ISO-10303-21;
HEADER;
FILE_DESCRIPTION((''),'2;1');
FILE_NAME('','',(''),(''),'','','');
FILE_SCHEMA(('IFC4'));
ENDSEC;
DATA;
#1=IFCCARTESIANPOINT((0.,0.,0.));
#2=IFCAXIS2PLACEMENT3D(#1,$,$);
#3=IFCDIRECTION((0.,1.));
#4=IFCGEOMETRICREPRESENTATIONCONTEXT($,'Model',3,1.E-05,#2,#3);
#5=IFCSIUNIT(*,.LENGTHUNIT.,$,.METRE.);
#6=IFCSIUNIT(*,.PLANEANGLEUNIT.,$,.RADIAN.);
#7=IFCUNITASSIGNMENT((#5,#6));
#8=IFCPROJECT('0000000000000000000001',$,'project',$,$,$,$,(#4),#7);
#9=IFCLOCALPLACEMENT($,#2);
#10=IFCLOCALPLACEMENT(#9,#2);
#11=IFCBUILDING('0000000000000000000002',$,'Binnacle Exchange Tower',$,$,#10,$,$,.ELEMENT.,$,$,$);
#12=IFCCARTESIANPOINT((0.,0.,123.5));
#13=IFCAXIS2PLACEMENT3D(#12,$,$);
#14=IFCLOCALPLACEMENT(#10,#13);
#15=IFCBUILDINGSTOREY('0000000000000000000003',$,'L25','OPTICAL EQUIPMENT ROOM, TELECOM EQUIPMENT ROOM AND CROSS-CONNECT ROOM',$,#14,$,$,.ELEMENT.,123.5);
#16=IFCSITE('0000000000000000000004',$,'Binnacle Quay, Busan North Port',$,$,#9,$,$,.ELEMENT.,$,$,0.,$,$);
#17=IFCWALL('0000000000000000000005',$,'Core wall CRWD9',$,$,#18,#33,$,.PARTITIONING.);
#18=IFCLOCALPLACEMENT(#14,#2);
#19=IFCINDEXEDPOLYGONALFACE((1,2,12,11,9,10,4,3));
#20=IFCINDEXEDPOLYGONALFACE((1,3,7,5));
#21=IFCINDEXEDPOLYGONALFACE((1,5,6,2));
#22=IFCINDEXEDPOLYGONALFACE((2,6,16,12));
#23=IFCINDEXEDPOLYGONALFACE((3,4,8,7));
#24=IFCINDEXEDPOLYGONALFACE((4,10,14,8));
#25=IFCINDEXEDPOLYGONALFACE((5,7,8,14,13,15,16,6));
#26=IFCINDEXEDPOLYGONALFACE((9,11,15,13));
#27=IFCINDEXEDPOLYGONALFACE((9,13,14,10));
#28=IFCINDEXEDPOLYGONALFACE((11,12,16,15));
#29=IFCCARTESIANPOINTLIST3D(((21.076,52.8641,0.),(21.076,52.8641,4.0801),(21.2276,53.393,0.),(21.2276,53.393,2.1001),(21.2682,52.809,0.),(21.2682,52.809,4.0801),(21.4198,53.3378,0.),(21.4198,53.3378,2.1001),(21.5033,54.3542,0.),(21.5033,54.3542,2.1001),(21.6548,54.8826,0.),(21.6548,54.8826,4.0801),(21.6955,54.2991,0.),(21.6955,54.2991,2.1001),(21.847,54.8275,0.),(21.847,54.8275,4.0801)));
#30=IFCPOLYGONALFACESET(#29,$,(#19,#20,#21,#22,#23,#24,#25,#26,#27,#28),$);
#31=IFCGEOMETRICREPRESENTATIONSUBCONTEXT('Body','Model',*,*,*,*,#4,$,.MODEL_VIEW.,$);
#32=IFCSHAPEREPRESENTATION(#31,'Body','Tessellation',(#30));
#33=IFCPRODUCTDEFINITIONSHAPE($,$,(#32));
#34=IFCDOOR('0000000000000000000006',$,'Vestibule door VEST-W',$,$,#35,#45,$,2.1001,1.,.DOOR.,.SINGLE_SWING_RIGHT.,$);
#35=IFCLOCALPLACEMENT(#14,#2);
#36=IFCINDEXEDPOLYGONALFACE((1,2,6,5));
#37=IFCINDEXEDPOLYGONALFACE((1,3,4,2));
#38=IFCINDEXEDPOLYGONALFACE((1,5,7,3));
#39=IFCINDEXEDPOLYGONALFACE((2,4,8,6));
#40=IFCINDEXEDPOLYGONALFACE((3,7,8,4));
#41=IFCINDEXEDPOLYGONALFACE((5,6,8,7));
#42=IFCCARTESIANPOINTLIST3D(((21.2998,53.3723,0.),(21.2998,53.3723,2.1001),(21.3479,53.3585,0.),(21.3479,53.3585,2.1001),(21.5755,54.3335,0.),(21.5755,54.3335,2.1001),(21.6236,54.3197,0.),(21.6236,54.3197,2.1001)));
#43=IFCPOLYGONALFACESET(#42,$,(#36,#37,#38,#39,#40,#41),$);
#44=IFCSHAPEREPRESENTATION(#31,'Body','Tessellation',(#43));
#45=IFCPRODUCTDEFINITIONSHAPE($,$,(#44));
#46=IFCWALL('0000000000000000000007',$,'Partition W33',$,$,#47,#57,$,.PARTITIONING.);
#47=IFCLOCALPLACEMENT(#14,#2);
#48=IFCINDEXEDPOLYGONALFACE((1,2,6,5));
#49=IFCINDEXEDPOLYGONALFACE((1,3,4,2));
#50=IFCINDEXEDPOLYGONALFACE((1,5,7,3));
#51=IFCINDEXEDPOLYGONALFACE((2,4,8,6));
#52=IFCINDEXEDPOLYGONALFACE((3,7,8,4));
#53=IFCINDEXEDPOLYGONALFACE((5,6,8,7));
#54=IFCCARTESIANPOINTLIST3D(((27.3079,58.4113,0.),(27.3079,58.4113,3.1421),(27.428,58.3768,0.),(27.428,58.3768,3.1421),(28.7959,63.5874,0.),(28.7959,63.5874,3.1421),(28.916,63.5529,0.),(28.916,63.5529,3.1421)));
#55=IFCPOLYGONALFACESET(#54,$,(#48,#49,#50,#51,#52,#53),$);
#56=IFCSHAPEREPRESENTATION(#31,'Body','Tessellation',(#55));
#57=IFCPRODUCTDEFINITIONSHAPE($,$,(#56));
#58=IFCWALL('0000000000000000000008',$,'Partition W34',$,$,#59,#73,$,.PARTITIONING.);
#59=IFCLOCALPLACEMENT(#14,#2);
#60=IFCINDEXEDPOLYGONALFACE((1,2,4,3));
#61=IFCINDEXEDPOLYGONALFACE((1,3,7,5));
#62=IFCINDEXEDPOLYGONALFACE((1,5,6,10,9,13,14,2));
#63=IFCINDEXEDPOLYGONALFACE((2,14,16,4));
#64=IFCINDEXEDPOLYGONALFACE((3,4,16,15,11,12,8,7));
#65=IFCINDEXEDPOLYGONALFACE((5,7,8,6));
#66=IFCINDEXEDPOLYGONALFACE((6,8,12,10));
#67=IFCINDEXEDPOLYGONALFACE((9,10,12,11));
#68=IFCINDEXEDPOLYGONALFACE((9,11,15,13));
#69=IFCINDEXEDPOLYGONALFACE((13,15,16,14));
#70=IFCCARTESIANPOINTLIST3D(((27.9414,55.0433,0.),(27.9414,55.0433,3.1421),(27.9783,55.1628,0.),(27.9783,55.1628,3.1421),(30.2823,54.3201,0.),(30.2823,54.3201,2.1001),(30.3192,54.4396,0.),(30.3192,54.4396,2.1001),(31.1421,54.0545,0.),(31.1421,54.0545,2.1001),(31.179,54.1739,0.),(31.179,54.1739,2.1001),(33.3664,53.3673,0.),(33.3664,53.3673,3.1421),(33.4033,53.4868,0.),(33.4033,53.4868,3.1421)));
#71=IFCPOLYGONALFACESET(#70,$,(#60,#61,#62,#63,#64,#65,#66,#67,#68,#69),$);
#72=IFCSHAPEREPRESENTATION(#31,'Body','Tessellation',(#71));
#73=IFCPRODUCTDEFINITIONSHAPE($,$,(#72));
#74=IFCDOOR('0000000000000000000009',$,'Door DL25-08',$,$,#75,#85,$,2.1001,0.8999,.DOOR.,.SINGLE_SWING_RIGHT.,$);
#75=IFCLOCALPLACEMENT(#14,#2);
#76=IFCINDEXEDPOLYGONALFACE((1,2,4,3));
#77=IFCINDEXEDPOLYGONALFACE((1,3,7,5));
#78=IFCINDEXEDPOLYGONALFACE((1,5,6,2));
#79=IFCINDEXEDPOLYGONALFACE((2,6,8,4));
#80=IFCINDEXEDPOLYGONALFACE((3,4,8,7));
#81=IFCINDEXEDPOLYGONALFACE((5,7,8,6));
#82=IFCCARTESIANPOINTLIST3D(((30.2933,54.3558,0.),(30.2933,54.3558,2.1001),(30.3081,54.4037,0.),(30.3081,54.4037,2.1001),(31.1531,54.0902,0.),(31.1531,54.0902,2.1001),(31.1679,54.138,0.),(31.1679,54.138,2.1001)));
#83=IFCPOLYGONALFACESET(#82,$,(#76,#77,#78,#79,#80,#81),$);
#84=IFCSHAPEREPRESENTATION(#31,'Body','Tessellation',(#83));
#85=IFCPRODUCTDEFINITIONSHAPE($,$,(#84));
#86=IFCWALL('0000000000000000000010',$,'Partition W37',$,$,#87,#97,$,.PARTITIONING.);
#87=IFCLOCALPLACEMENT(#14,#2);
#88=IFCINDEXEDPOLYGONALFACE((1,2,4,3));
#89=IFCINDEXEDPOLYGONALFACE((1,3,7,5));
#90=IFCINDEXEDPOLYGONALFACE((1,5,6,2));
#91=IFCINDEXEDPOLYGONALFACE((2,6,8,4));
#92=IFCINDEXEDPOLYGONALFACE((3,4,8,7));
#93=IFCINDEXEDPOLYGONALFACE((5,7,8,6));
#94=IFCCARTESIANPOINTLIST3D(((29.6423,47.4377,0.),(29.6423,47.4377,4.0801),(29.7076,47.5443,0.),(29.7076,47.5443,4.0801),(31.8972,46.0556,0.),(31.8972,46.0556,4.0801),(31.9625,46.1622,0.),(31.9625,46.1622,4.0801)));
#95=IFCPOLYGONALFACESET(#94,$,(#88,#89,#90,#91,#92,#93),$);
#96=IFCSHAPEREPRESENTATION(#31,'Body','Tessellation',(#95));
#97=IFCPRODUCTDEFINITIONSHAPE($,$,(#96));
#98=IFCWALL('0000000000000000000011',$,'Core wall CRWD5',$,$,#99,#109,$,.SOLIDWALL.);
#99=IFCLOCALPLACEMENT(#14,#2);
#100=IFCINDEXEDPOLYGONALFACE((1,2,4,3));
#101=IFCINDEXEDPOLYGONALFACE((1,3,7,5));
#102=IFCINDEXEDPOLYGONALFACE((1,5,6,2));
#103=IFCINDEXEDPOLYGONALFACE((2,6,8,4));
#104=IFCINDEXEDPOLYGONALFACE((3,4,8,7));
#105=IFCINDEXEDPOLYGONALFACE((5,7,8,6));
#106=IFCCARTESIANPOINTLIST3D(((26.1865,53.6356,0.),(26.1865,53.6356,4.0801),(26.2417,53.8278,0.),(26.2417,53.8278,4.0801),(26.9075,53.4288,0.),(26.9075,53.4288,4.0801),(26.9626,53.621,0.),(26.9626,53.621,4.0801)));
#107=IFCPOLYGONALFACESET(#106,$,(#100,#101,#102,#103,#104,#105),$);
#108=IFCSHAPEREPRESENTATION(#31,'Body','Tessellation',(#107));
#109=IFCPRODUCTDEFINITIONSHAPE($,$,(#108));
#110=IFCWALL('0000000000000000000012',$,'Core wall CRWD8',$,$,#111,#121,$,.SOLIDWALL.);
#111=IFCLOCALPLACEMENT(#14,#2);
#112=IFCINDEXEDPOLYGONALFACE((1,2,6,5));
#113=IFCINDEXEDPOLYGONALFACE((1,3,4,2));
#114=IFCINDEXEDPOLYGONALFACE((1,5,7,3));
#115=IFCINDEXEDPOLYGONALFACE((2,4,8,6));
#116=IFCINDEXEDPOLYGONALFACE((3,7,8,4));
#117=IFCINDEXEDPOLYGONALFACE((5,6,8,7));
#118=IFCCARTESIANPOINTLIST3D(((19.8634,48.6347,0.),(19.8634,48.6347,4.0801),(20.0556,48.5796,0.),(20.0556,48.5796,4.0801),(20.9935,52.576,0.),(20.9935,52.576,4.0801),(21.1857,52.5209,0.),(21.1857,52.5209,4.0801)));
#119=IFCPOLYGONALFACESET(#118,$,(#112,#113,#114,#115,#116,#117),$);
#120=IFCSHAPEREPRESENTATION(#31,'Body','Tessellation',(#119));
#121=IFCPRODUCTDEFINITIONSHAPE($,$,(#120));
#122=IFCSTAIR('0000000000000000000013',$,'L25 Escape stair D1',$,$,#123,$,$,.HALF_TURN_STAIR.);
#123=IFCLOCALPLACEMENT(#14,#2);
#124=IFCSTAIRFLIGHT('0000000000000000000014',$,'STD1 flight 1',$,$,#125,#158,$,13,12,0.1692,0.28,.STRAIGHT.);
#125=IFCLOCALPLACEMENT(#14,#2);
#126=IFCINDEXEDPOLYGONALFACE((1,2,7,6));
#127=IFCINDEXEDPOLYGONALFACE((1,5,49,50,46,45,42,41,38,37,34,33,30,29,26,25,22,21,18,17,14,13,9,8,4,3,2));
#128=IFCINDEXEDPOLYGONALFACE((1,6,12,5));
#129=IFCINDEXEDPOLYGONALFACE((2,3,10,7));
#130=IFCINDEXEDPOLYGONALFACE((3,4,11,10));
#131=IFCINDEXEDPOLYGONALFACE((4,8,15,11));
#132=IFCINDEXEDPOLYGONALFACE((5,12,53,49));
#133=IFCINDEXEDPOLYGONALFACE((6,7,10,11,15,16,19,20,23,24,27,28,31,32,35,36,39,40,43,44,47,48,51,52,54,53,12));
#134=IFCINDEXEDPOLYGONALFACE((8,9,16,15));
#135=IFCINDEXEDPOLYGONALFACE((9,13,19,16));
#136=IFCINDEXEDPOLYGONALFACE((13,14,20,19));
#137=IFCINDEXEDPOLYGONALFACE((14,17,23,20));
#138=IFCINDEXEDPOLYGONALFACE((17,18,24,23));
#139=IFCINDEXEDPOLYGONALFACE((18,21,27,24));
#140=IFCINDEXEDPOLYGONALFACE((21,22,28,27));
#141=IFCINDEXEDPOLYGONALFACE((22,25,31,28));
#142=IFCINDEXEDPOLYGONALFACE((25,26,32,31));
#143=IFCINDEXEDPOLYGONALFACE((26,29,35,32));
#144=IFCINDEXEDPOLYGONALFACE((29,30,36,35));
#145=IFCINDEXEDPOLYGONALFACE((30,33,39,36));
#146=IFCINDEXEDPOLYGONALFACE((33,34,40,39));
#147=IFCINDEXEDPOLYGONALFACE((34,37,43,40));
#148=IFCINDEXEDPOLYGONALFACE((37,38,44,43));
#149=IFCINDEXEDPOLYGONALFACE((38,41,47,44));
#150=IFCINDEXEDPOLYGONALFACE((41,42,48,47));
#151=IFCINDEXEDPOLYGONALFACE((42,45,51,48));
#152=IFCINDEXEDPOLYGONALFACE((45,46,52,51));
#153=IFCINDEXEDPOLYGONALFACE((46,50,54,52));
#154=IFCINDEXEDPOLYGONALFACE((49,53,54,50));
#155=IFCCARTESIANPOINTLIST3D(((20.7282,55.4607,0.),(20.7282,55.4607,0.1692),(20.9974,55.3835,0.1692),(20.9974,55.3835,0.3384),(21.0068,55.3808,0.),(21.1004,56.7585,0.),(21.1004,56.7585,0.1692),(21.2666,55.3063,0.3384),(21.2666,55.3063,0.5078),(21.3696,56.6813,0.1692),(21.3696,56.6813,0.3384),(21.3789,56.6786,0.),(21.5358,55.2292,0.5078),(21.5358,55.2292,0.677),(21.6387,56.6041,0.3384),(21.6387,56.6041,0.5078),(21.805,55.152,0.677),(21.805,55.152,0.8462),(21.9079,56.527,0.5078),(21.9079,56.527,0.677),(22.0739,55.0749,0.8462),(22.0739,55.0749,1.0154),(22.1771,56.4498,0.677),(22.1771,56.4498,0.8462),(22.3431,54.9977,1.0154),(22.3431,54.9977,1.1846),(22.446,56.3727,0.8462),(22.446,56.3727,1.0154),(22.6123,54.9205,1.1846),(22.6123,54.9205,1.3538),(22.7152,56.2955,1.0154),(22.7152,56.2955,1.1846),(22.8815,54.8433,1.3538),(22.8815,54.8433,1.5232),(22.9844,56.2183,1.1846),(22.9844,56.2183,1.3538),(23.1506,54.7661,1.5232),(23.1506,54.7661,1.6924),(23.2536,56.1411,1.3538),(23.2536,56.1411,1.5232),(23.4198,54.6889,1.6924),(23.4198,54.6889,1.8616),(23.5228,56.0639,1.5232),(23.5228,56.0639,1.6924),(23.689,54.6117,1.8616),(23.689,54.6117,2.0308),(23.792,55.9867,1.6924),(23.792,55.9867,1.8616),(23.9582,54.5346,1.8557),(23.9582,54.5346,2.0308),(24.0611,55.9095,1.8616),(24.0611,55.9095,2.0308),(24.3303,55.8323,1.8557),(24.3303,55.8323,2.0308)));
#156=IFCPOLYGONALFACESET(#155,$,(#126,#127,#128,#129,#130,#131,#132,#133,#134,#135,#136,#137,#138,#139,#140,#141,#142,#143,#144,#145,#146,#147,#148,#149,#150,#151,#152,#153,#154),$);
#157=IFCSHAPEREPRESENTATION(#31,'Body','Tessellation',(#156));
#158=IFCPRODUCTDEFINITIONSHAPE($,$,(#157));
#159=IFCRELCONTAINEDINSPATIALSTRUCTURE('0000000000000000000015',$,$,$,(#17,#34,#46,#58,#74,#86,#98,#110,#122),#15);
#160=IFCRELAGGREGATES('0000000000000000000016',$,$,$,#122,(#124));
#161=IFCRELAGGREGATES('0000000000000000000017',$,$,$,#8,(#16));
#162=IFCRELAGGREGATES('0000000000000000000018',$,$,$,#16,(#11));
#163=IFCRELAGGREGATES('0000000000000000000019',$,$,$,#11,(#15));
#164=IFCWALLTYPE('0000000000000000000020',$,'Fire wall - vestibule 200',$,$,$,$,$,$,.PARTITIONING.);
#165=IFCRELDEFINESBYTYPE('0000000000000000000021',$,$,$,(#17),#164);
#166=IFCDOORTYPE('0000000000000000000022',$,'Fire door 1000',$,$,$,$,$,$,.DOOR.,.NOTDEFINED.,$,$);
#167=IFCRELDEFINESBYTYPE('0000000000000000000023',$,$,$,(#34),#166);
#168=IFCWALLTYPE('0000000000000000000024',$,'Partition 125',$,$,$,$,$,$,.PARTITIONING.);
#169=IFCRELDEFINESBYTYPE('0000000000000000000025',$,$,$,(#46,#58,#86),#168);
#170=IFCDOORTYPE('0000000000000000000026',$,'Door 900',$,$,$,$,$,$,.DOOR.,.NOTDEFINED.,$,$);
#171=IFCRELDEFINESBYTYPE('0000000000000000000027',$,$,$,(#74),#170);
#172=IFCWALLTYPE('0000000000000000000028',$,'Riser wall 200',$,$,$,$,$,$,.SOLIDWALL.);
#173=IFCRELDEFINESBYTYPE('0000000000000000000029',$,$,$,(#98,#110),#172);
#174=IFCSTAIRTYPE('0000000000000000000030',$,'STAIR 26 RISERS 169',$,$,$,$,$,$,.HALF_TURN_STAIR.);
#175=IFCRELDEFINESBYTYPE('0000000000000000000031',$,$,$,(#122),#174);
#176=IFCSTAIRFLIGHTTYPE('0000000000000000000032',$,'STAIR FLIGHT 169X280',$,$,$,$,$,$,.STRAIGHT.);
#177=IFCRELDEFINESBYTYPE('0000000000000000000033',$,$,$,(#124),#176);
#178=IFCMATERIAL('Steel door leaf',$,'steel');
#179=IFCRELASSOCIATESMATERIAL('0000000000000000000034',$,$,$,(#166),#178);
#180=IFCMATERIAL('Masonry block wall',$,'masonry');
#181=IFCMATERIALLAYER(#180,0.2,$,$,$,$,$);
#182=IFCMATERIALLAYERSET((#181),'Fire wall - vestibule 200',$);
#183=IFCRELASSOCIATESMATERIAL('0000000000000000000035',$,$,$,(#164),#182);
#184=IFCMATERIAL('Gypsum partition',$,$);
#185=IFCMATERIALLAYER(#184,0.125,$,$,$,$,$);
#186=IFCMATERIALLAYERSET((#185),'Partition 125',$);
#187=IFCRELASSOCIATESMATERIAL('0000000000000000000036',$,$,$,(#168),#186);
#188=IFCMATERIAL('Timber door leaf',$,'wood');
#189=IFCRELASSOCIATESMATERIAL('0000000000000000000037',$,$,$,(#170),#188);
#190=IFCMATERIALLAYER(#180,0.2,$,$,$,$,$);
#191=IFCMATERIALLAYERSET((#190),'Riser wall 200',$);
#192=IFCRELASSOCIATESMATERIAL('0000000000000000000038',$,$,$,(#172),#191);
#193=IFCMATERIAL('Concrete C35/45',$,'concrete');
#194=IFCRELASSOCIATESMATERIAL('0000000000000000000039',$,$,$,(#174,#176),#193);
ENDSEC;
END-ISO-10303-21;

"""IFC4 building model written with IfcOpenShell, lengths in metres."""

from ifc_helpers import new_model, si_unit, direction, frame, frame_2d, origin, place, context, subcontext, project, spatial, polyline, rectangle, outline, extrude, material, layer, layer_set, type_object, element, fill, aggregate, save


model = new_model("IFC4")

# Units and contexts
model_context = context("Model", 3, precision=1e-05, world=origin(), true_north=direction((0.0, 1.0)))
body_context = subcontext(model_context, "Body", "Model", "MODEL_VIEW")
ifc_project = project(units=[si_unit("LENGTHUNIT", "METRE"), si_unit("PLANEANGLEUNIT", "RADIAN")], contexts=[model_context])

# Site, building, storey
site_placement = place(None, origin())
site = spatial("IfcSite", under=ifc_project, at=site_placement, Name="Binnacle Quay, Busan North Port", CompositionType="ELEMENT", RefElevation=0.0)
building_placement = place(site_placement, origin())
building = spatial("IfcBuilding", under=site, at=building_placement, Name="Binnacle Exchange Tower", CompositionType="ELEMENT")
storey_placement = place(building_placement, frame((0.0, 0.0, 123.5)))
storey = spatial("IfcBuildingStorey", under=building, at=storey_placement, Name="L25", Description="OPTICAL EQUIPMENT ROOM, TELECOM EQUIPMENT ROOM AND CROSS-CONNECT ROOM", CompositionType="ELEMENT", Elevation=123.5)

# Shared definitions
ifc_material_1 = material(Name="Steel door leaf", Category="steel")

# Shared definitions
door_type_1 = type_object("IfcDoorType", Name="Fire door 1000", OperationType="NOTDEFINED", PredefinedType="DOOR", material=ifc_material_1)

# Wall, opening, door
ifc_material_2 = material(Name="Masonry block wall", Category="masonry")
ifc_layer_1 = layer(ifc_material_2, 0.2)
ifc_layer_set_1 = layer_set([ifc_layer_1], Name="Fire wall - vestibule 200")
wall_type_1 = type_object("IfcWallType", Name="Fire wall - vestibule 200", PredefinedType="PARTITIONING", material=ifc_layer_set_1)
wall_1_placement = place(storey_placement, frame((21.1721, 52.8367, 0.0), z_axis=(0.0, 0.0, 1.0), x_axis=(0.275658, 0.961256, 0.0)))
wall_1 = element("IfcWall", 1, at=wall_1_placement, inside=storey, type_object=wall_type_1, Name="Core wall CRWD9", PredefinedType="PARTITIONING", context=body_context, shape_type="SweptSolid", body=[
    extrude(rectangle(XDim=2.0999, YDim=0.2, at=frame_2d((1.0498, 0.0))), origin(), (0.0, 0.0, 1.0), 4.0801),
])
opening_1_placement = place(wall_1_placement, frame((0.55, 0.0, 0.0)))
opening_1 = element("IfcOpeningElement", 2, at=opening_1_placement, cuts=wall_1, PredefinedType="OPENING", context=body_context, shape_type="SweptSolid", body=[
    extrude(rectangle(XDim=1.0, YDim=2.1001, at=frame_2d((0.5, 1.05))), frame((0.0, 0.1099, 0.0), z_axis=(0.0, -1.0, 0.0), x_axis=(1.0, 0.0, 0.0)), (0.0, 0.0, 1.0), 0.22),
])
door_1_placement = place(opening_1_placement, origin())
door_1 = element("IfcDoor", 3, at=door_1_placement, inside=storey, type_object=door_type_1, Name="Vestibule door VEST-W", OperationType="SINGLE_SWING_RIGHT", OverallHeight=2.1001, OverallWidth=1.0, PredefinedType="DOOR", context=body_context, shape_type="SweptSolid", body=[
    extrude(rectangle(XDim=1.0, YDim=2.1001, at=frame_2d((0.5, 1.05))), frame((0.0, 0.0249, 0.0), z_axis=(0.0, -1.0, 0.0), x_axis=(1.0, 0.0, 0.0)), (0.0, 0.0, 1.0), 0.05),
])
fill(opening_1, door_1)

# Wall
ifc_material_3 = material(Name="Gypsum partition")
ifc_layer_2 = layer(ifc_material_3, 0.125)
ifc_layer_set_2 = layer_set([ifc_layer_2], Name="Partition 125")
wall_type_2 = type_object("IfcWallType", Name="Partition 125", PredefinedType="PARTITIONING", material=ifc_layer_set_2)
wall_2_placement = place(storey_placement, frame((27.3679, 58.394, 0.0), z_axis=(0.0, 0.0, 1.0), x_axis=(0.276295, 0.961073, 0.0)))
element("IfcWall", 4, at=wall_2_placement, inside=storey, type_object=wall_type_2, Name="Partition W33", PredefinedType="PARTITIONING", context=body_context, shape_type="SweptSolid", body=[
    extrude(rectangle(XDim=5.3857, YDim=0.125, at=frame_2d((2.6929, 0.0))), origin(), (0.0, 0.0, 1.0), 3.1421),
])

# Wall, opening, door
wall_3_placement = place(storey_placement, frame((27.96, 55.103, 0.0), z_axis=(0.0, 0.0, 1.0), x_axis=(0.955443, -0.295176, 0.0)))
wall_3 = element("IfcWall", 5, at=wall_3_placement, inside=storey, type_object=wall_type_2, Name="Partition W34", PredefinedType="PARTITIONING", context=body_context, shape_type="SweptSolid", body=[
    extrude(rectangle(XDim=5.678, YDim=0.125, at=frame_2d((2.8389, 0.0))), origin(), (0.0, 0.0, 1.0), 3.1421),
])
opening_2_placement = place(wall_3_placement, frame((2.45, 0.0, 0.0)))
opening_2 = element("IfcOpeningElement", 6, at=opening_2_placement, cuts=wall_3, PredefinedType="OPENING", context=body_context, shape_type="SweptSolid", body=[
    extrude(rectangle(XDim=0.8999, YDim=2.1001, at=frame_2d((0.45, 1.05))), frame((0.0, 0.0725, 0.0), z_axis=(0.0, -1.0, 0.0), x_axis=(1.0, 0.0, 0.0)), (0.0, 0.0, 1.0), 0.145),
])
ifc_material_4 = material(Name="Timber door leaf", Category="wood")
door_type_2 = type_object("IfcDoorType", Name="Door 900", OperationType="NOTDEFINED", PredefinedType="DOOR", material=ifc_material_4)
door_2_placement = place(opening_2_placement, origin())
door_2 = element("IfcDoor", 7, at=door_2_placement, inside=storey, type_object=door_type_2, Name="Door DL25-08", OperationType="SINGLE_SWING_RIGHT", OverallHeight=2.1001, OverallWidth=0.8999, PredefinedType="DOOR", context=body_context, shape_type="SweptSolid", body=[
    extrude(rectangle(XDim=0.8999, YDim=2.1001, at=frame_2d((0.45, 1.05))), frame((0.0, 0.0249, 0.0), z_axis=(0.0, -1.0, 0.0), x_axis=(1.0, 0.0, 0.0)), (0.0, 0.0, 1.0), 0.05),
])
fill(opening_2, door_2)

# Walls
wall_4_placement = place(storey_placement, frame((29.675, 47.491, 0.0), z_axis=(0.0, 0.0, 1.0), x_axis=(0.852592, -0.522577, 0.0)))
element("IfcWall", 8, at=wall_4_placement, inside=storey, type_object=wall_type_2, Name="Partition W37", PredefinedType="PARTITIONING", context=body_context, shape_type="SweptSolid", body=[
    extrude(rectangle(XDim=2.6448, YDim=0.125, at=frame_2d((1.3223, 0.0))), origin(), (0.0, 0.0, 1.0), 4.0801),
])
ifc_layer_3 = layer(ifc_material_2, 0.2)
ifc_layer_set_3 = layer_set([ifc_layer_3], Name="Riser wall 200")
wall_type_3 = type_object("IfcWallType", Name="Riser wall 200", PredefinedType="SOLIDWALL", material=ifc_layer_set_3)
wall_5_placement = place(storey_placement, frame((26.2141, 53.7317, 0.0), z_axis=(0.0, 0.0, 1.0), x_axis=(0.961241, -0.27571, 0.0)))
element("IfcWall", 9, at=wall_5_placement, inside=storey, type_object=wall_type_3, Name="Core wall CRWD5", PredefinedType="SOLIDWALL", context=body_context, shape_type="SweptSolid", body=[
    extrude(rectangle(XDim=0.75, YDim=0.2, at=frame_2d((0.375, 0.0))), origin(), (0.0, 0.0, 1.0), 4.0801),
])
wall_6_placement = place(storey_placement, frame((19.9595, 48.6072, 0.0), z_axis=(0.0, 0.0, 1.0), x_axis=(0.275641, 0.961261, 0.0)))
element("IfcWall", 10, at=wall_6_placement, inside=storey, type_object=wall_type_3, Name="Core wall CRWD8", PredefinedType="SOLIDWALL", context=body_context, shape_type="SweptSolid", body=[
    extrude(rectangle(XDim=4.1001, YDim=0.2, at=frame_2d((2.05, 0.0))), origin(), (0.0, 0.0, 1.0), 4.0801),
])

# Stair, stair flight
ifc_material_5 = material(Name="Concrete C35/45", Category="concrete")
stair_type = type_object("IfcStairType", Name="STAIR 26 RISERS 169", PredefinedType="HALF_TURN_STAIR", material=ifc_material_5)
stair_placement = place(storey_placement, origin())
stair = element("IfcStair", 11, at=stair_placement, inside=storey, type_object=stair_type, Name="L25 Escape stair D1", PredefinedType="HALF_TURN_STAIR")
stair_flight_type = type_object("IfcStairFlightType", Name="STAIR FLIGHT 169X280", PredefinedType="STRAIGHT", material=ifc_material_5)
stair_flight_1_placement = place(storey_placement, frame((20.9143, 56.1096, 0.0), z_axis=(0.0, 0.0, 1.0), x_axis=(0.961262, -0.275637, 0.0)))
stair_flight_1 = element("IfcStairFlight", 12, at=stair_flight_1_placement, type_object=stair_flight_type, Name="STD1 flight 1", NumberOfRisers=13, NumberOfTreads=12, PredefinedType="STRAIGHT", RiserHeight=0.1692, TreadLength=0.28, context=body_context, shape_type="SweptSolid", body=[
    extrude(outline(polyline([(0.0, 0.0), (0.0, 0.1692), (0.28, 0.1692), (0.28, 0.3384), (0.5601, 0.3384), (0.5601, 0.5078), (0.8401, 0.5078), (0.8401, 0.677), (1.1201, 0.677), (1.1201, 0.8462), (1.3999, 0.8462), (1.3999, 1.0154), (1.6799, 1.0154), (1.6799, 1.1846), (1.96, 1.1846), (1.96, 1.3538), (2.24, 1.3538), (2.24, 1.5232), (2.52, 1.5232), (2.52, 1.6924), (2.8, 1.6924), (2.8, 1.8616), (3.0801, 1.8616), (3.0801, 2.0308), (3.3601, 2.0308), (3.3601, 2.2), (3.3601, 1.8557), (0.2898, 0.0), (0.0, 0.0)])), frame((0.0, 0.675, 0.0), z_axis=(0.0, -1.0, 0.0), x_axis=(1.0, 0.0, 0.0)), (0.0, 0.0, 1.0), 1.3501),
])
aggregate(stair, [stair_flight_1])

save(model, "model.ifc")
